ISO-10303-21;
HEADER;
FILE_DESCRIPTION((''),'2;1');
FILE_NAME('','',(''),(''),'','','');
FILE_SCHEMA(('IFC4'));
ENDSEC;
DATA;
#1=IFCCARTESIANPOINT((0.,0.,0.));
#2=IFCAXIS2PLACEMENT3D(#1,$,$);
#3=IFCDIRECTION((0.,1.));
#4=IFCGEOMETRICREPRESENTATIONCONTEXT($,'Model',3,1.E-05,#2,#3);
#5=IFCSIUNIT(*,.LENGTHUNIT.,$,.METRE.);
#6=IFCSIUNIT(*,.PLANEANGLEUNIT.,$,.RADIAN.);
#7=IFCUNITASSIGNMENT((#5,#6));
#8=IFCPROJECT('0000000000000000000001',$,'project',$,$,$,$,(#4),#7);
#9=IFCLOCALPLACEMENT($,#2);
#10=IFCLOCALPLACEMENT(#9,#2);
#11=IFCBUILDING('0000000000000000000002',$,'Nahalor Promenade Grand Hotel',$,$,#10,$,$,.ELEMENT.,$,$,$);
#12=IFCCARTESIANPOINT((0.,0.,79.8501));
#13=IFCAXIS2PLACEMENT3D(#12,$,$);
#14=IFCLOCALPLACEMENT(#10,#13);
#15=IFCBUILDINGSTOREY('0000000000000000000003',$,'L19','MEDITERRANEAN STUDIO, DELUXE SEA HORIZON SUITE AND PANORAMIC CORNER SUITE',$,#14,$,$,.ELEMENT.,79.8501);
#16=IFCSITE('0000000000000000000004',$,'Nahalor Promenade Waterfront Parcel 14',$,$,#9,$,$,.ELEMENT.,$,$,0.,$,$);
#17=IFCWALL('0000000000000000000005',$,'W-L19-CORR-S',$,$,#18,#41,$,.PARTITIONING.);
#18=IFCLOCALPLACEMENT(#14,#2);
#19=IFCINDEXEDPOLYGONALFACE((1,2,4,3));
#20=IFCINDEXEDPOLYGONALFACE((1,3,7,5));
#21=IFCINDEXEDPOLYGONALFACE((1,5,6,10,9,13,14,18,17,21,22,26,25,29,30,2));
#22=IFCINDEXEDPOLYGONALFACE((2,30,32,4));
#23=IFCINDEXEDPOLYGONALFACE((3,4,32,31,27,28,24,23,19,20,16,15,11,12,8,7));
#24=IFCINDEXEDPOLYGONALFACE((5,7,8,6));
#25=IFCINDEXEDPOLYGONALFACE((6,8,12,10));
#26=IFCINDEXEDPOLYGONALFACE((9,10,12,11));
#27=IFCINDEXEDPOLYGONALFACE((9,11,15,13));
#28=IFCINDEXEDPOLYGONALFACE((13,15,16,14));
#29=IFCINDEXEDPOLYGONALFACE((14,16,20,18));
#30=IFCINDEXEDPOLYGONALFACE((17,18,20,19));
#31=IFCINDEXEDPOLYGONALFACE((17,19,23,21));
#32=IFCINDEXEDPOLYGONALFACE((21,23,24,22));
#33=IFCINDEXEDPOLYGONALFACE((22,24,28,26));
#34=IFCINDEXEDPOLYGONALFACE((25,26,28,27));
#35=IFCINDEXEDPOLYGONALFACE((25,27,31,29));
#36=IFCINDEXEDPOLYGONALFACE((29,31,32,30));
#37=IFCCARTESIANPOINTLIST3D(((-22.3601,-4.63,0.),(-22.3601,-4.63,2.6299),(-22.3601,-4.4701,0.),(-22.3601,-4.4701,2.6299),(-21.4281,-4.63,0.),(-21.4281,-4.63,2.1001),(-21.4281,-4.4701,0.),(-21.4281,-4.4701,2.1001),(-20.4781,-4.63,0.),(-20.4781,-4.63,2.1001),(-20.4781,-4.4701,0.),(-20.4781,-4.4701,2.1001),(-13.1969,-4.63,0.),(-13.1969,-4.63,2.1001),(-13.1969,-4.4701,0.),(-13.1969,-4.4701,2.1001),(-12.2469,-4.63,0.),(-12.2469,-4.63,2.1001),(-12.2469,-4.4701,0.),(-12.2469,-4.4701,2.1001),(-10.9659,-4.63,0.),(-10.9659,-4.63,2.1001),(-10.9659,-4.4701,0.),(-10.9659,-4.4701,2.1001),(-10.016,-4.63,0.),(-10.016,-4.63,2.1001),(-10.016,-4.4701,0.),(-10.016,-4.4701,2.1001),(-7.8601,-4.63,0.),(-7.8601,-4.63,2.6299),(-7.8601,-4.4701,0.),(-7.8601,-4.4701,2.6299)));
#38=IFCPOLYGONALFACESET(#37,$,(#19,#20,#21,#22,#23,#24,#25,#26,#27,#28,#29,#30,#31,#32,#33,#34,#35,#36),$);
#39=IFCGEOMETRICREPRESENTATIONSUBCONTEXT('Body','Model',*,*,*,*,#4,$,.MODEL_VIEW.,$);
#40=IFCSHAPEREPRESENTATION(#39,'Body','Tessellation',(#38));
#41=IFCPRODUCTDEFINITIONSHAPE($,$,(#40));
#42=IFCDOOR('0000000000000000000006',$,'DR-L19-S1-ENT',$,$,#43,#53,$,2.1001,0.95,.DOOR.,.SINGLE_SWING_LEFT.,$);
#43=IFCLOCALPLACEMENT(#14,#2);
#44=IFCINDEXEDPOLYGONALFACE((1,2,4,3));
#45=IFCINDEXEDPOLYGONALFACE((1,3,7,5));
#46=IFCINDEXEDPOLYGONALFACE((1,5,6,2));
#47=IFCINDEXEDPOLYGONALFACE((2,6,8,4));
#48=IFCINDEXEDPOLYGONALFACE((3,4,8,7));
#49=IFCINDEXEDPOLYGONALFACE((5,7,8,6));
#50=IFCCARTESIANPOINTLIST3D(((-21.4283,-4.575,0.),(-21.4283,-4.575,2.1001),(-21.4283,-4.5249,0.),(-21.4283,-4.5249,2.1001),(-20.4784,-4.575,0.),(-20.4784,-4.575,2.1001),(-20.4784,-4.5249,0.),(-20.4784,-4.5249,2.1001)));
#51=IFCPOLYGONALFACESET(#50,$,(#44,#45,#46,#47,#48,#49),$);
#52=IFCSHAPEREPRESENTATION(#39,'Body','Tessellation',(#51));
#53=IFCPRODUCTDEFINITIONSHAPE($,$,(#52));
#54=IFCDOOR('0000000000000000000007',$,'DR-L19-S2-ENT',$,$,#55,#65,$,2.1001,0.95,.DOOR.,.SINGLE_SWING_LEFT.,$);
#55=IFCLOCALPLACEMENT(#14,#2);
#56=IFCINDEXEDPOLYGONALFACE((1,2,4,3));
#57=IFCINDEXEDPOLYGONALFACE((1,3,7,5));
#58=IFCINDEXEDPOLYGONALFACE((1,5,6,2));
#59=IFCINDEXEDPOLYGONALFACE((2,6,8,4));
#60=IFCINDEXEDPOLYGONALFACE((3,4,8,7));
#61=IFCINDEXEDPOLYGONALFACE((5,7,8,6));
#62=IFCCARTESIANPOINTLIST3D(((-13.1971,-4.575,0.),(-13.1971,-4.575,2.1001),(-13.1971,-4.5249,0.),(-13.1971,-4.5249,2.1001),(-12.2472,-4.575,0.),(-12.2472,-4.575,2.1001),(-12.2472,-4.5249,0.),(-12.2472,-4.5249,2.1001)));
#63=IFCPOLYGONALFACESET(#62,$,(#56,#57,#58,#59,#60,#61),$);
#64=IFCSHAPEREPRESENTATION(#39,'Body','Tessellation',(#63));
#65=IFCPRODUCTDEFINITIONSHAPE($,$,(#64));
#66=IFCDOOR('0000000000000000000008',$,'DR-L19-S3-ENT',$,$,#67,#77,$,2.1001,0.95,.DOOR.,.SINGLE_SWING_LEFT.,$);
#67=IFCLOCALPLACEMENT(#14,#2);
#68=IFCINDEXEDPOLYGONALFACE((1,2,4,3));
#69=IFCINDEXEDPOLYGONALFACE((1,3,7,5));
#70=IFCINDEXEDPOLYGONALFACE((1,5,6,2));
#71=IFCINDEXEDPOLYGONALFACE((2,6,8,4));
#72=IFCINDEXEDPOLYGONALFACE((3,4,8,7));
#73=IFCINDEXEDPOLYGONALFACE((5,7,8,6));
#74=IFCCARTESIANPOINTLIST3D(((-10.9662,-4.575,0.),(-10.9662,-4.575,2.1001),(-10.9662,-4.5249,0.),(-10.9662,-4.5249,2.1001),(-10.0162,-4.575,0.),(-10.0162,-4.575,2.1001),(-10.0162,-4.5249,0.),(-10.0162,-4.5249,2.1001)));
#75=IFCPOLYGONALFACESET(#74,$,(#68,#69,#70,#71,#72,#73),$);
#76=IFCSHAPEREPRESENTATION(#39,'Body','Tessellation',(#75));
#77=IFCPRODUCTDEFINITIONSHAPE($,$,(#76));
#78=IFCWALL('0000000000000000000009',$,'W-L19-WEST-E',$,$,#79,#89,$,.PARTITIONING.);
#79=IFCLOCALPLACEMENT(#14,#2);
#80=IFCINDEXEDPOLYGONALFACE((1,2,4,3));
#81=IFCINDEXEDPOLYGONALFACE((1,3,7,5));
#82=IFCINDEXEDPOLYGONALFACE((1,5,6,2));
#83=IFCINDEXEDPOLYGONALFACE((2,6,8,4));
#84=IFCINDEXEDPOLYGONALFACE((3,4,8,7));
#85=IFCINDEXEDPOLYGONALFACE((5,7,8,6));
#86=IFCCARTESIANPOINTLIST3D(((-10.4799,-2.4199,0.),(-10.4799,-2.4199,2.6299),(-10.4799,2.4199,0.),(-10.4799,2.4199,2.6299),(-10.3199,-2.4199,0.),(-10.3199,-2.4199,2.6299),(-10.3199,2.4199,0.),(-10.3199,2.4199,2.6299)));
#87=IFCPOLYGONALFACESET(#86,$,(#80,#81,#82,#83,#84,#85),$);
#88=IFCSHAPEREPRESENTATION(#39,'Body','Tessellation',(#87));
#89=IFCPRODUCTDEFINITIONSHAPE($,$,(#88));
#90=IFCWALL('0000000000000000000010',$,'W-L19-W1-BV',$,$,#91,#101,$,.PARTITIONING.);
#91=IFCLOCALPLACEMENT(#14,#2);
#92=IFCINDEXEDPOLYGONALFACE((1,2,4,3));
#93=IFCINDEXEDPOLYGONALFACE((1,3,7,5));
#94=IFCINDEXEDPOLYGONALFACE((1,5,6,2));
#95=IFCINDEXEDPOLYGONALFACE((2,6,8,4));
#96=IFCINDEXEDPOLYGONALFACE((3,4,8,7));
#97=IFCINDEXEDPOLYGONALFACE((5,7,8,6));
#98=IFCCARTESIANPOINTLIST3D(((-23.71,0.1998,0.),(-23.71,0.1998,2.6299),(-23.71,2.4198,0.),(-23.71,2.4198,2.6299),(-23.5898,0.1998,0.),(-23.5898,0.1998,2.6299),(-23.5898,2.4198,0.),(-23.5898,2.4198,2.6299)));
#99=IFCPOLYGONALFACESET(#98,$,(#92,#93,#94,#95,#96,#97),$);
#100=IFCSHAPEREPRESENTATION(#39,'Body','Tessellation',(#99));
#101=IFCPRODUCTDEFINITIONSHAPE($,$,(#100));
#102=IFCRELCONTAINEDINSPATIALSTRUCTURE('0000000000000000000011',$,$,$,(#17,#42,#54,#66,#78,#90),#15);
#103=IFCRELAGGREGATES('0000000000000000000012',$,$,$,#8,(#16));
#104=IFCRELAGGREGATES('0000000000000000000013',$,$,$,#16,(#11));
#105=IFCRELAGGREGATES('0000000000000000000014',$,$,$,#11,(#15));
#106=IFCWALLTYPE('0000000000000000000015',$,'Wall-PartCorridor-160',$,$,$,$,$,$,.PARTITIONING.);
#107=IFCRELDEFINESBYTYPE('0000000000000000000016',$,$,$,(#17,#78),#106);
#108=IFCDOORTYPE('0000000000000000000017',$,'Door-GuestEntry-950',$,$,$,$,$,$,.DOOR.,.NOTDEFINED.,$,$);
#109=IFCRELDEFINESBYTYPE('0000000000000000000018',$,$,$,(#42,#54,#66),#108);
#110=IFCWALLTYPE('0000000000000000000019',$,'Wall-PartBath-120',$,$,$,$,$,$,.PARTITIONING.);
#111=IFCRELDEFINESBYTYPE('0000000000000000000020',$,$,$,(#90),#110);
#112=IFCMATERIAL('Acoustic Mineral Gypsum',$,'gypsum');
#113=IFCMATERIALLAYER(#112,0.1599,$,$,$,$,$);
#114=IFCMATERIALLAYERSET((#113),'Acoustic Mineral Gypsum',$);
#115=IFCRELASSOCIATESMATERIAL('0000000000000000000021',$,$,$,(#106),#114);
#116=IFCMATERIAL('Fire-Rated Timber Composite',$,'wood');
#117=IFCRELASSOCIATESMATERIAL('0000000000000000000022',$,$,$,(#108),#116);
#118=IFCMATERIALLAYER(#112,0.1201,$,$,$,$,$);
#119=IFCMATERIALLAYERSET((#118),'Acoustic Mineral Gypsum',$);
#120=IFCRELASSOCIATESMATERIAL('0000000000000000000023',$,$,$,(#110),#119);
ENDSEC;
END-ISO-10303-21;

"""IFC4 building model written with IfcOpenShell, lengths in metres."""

from ifc_helpers import new_model, si_unit, direction, frame, frame_2d, origin, place, context, subcontext, project, spatial, rectangle, extrude, source, transform, mapped, material, layer, layer_set, type_object, element, fill, save


model = new_model("IFC4")

# Units and contexts
model_context = context("Model", 3, precision=1e-05, world=origin(), true_north=direction((0.0, 1.0)))
body_context = subcontext(model_context, "Body", "Model", "MODEL_VIEW")
ifc_project = project(units=[si_unit("LENGTHUNIT", "METRE"), si_unit("PLANEANGLEUNIT", "RADIAN")], contexts=[model_context])

# Site, building, storey
site_placement = place(None, origin())
site = spatial("IfcSite", under=ifc_project, at=site_placement, Name="Nahalor Promenade Waterfront Parcel 14", CompositionType="ELEMENT", RefElevation=0.0)
building_placement = place(site_placement, origin())
building = spatial("IfcBuilding", under=site, at=building_placement, Name="Nahalor Promenade Grand Hotel", CompositionType="ELEMENT")
storey_placement = place(building_placement, frame((0.0, 0.0, 79.8501)))
storey = spatial("IfcBuildingStorey", under=building, at=storey_placement, Name="L19", Description="MEDITERRANEAN STUDIO, DELUXE SEA HORIZON SUITE AND PANORAMIC CORNER SUITE", CompositionType="ELEMENT", Elevation=79.8501)

# Shared definitions
ifc_material_1 = material(Name="Acoustic Mineral Gypsum", Category="gypsum")
ifc_layer_1 = layer(ifc_material_1, 0.1599)
ifc_layer_set_1 = layer_set([ifc_layer_1], Name="Acoustic Mineral Gypsum")
wall_type_1 = type_object("IfcWallType", Name="Wall-PartCorridor-160", PredefinedType="PARTITIONING", material=ifc_layer_set_1)
ifc_material_2 = material(Name="Fire-Rated Timber Composite", Category="wood")

# Wall, openings, doors
shared_shape_1 = source(origin(), body_context, "Body", "SweptSolid", [
    extrude(rectangle(XDim=14.5, YDim=0.1599, at=frame_2d((7.25, 0.0))), origin(), (0.0, 0.0, 1.0), 2.6299),
])
wall_1_placement = place(storey_placement, frame((-22.3601, -4.55, 0.0), z_axis=(0.0, 0.0, 1.0), x_axis=(1.0, 0.0, 0.0)))
wall_1 = element("IfcWall", 1, at=wall_1_placement, inside=storey, type_object=wall_type_1, Name="W-L19-CORR-S", PredefinedType="PARTITIONING", context=body_context, shape_type="MappedRepresentation", body=[
    mapped(shared_shape_1, transform((0.0, 0.0, 0.0), scale=1.0)),
])
opening_1_placement = place(wall_1_placement, frame((0.9319, 0.0, 0.0)))
opening_1 = element("IfcOpeningElement", 2, at=opening_1_placement, cuts=wall_1, PredefinedType="OPENING", context=body_context, shape_type="SweptSolid", body=[
    extrude(rectangle(XDim=0.95, YDim=2.1001, at=frame_2d((0.4751, 1.05))), frame((0.0, 0.0898, 0.0), z_axis=(0.0, -1.0, 0.0), x_axis=(1.0, 0.0, 0.0)), (0.0, 0.0, 1.0), 0.1799),
])
opening_2_placement = place(wall_1_placement, frame((9.1631, 0.0, 0.0)))
opening_2 = element("IfcOpeningElement", 3, at=opening_2_placement, cuts=wall_1, PredefinedType="OPENING", context=body_context, shape_type="SweptSolid", body=[
    extrude(rectangle(XDim=0.95, YDim=2.1001, at=frame_2d((0.4751, 1.05))), frame((0.0, 0.0898, 0.0), z_axis=(0.0, -1.0, 0.0), x_axis=(1.0, 0.0, 0.0)), (0.0, 0.0, 1.0), 0.1799),
])
opening_3_placement = place(wall_1_placement, frame((11.394, 0.0, 0.0)))
opening_3 = element("IfcOpeningElement", 4, at=opening_3_placement, cuts=wall_1, PredefinedType="OPENING", context=body_context, shape_type="SweptSolid", body=[
    extrude(rectangle(XDim=0.95, YDim=2.1001, at=frame_2d((0.4751, 1.05))), frame((0.0, 0.0898, 0.0), z_axis=(0.0, -1.0, 0.0), x_axis=(1.0, 0.0, 0.0)), (0.0, 0.0, 1.0), 0.1799),
])
door_type_1 = type_object("IfcDoorType", Name="Door-GuestEntry-950", OperationType="NOTDEFINED", PredefinedType="DOOR", material=ifc_material_2)
shared_shape_2 = source(origin(), body_context, "Body", "SweptSolid", [
    extrude(rectangle(XDim=0.95, YDim=2.1001, at=frame_2d((0.4751, 1.05))), frame((0.0, 0.0249, 0.0), z_axis=(0.0, -1.0, 0.0), x_axis=(1.0, 0.0, 0.0)), (0.0, 0.0, 1.0), 0.05),
])
door_1_placement = place(opening_1_placement, frame((0.95, 0.0, 0.0), z_axis=(0.0, 0.0, 1.0), x_axis=(-1.0, 0.0, 0.0)))
door_1 = element("IfcDoor", 5, at=door_1_placement, inside=storey, type_object=door_type_1, Name="DR-L19-S1-ENT", OperationType="SINGLE_SWING_LEFT", OverallHeight=2.1001, OverallWidth=0.95, PredefinedType="DOOR", context=body_context, shape_type="MappedRepresentation", body=[
    mapped(shared_shape_2, transform((0.0, 0.0, 0.0), scale=1.0)),
])
fill(opening_1, door_1)
door_2_placement = place(opening_2_placement, frame((0.95, 0.0, 0.0), z_axis=(0.0, 0.0, 1.0), x_axis=(-1.0, 0.0, 0.0)))
door_2 = element("IfcDoor", 6, at=door_2_placement, inside=storey, type_object=door_type_1, Name="DR-L19-S2-ENT", OperationType="SINGLE_SWING_LEFT", OverallHeight=2.1001, OverallWidth=0.95, PredefinedType="DOOR", context=body_context, shape_type="MappedRepresentation", body=[
    mapped(shared_shape_2, transform((0.0, 0.0, 0.0), scale=1.0)),
])
fill(opening_2, door_2)
door_3_placement = place(opening_3_placement, frame((0.95, 0.0, 0.0), z_axis=(0.0, 0.0, 1.0), x_axis=(-1.0, 0.0, 0.0)))
door_3 = element("IfcDoor", 7, at=door_3_placement, inside=storey, type_object=door_type_1, Name="DR-L19-S3-ENT", OperationType="SINGLE_SWING_LEFT", OverallHeight=2.1001, OverallWidth=0.95, PredefinedType="DOOR", context=body_context, shape_type="MappedRepresentation", body=[
    mapped(shared_shape_2, transform((0.0, 0.0, 0.0), scale=1.0)),
])
fill(opening_3, door_3)

# Walls
shared_shape_3 = source(origin(), body_context, "Body", "SweptSolid", [
    extrude(rectangle(XDim=4.8398, YDim=0.1599, at=frame_2d((2.4199, 0.0))), origin(), (0.0, 0.0, 1.0), 2.6299),
])
wall_2_placement = place(storey_placement, frame((-10.3999, -2.4199, 0.0), z_axis=(0.0, 0.0, 1.0), x_axis=(0.0, 1.0, 0.0)))
element("IfcWall", 8, at=wall_2_placement, inside=storey, type_object=wall_type_1, Name="W-L19-WEST-E", PredefinedType="PARTITIONING", context=body_context, shape_type="MappedRepresentation", body=[
    mapped(shared_shape_3, transform((0.0, 0.0, 0.0), scale=1.0)),
])
ifc_layer_2 = layer(ifc_material_1, 0.1201)
ifc_layer_set_2 = layer_set([ifc_layer_2], Name="Acoustic Mineral Gypsum")
wall_type_2 = type_object("IfcWallType", Name="Wall-PartBath-120", PredefinedType="PARTITIONING", material=ifc_layer_set_2)
shared_shape_4 = source(origin(), body_context, "Body", "SweptSolid", [
    extrude(rectangle(XDim=2.22, YDim=0.1201, at=frame_2d((1.1099, 0.0))), origin(), (0.0, 0.0, 1.0), 2.6299),
])
wall_3_placement = place(storey_placement, frame((-23.6499, 0.2, 0.0), z_axis=(0.0, 0.0, 1.0), x_axis=(0.0, 1.0, 0.0)))
element("IfcWall", 9, at=wall_3_placement, inside=storey, type_object=wall_type_2, Name="W-L19-W1-BV", PredefinedType="PARTITIONING", context=body_context, shape_type="MappedRepresentation", body=[
    mapped(shared_shape_4, transform((0.0, 0.0, 0.0), scale=1.0)),
])

save(model, "model.ifc")
